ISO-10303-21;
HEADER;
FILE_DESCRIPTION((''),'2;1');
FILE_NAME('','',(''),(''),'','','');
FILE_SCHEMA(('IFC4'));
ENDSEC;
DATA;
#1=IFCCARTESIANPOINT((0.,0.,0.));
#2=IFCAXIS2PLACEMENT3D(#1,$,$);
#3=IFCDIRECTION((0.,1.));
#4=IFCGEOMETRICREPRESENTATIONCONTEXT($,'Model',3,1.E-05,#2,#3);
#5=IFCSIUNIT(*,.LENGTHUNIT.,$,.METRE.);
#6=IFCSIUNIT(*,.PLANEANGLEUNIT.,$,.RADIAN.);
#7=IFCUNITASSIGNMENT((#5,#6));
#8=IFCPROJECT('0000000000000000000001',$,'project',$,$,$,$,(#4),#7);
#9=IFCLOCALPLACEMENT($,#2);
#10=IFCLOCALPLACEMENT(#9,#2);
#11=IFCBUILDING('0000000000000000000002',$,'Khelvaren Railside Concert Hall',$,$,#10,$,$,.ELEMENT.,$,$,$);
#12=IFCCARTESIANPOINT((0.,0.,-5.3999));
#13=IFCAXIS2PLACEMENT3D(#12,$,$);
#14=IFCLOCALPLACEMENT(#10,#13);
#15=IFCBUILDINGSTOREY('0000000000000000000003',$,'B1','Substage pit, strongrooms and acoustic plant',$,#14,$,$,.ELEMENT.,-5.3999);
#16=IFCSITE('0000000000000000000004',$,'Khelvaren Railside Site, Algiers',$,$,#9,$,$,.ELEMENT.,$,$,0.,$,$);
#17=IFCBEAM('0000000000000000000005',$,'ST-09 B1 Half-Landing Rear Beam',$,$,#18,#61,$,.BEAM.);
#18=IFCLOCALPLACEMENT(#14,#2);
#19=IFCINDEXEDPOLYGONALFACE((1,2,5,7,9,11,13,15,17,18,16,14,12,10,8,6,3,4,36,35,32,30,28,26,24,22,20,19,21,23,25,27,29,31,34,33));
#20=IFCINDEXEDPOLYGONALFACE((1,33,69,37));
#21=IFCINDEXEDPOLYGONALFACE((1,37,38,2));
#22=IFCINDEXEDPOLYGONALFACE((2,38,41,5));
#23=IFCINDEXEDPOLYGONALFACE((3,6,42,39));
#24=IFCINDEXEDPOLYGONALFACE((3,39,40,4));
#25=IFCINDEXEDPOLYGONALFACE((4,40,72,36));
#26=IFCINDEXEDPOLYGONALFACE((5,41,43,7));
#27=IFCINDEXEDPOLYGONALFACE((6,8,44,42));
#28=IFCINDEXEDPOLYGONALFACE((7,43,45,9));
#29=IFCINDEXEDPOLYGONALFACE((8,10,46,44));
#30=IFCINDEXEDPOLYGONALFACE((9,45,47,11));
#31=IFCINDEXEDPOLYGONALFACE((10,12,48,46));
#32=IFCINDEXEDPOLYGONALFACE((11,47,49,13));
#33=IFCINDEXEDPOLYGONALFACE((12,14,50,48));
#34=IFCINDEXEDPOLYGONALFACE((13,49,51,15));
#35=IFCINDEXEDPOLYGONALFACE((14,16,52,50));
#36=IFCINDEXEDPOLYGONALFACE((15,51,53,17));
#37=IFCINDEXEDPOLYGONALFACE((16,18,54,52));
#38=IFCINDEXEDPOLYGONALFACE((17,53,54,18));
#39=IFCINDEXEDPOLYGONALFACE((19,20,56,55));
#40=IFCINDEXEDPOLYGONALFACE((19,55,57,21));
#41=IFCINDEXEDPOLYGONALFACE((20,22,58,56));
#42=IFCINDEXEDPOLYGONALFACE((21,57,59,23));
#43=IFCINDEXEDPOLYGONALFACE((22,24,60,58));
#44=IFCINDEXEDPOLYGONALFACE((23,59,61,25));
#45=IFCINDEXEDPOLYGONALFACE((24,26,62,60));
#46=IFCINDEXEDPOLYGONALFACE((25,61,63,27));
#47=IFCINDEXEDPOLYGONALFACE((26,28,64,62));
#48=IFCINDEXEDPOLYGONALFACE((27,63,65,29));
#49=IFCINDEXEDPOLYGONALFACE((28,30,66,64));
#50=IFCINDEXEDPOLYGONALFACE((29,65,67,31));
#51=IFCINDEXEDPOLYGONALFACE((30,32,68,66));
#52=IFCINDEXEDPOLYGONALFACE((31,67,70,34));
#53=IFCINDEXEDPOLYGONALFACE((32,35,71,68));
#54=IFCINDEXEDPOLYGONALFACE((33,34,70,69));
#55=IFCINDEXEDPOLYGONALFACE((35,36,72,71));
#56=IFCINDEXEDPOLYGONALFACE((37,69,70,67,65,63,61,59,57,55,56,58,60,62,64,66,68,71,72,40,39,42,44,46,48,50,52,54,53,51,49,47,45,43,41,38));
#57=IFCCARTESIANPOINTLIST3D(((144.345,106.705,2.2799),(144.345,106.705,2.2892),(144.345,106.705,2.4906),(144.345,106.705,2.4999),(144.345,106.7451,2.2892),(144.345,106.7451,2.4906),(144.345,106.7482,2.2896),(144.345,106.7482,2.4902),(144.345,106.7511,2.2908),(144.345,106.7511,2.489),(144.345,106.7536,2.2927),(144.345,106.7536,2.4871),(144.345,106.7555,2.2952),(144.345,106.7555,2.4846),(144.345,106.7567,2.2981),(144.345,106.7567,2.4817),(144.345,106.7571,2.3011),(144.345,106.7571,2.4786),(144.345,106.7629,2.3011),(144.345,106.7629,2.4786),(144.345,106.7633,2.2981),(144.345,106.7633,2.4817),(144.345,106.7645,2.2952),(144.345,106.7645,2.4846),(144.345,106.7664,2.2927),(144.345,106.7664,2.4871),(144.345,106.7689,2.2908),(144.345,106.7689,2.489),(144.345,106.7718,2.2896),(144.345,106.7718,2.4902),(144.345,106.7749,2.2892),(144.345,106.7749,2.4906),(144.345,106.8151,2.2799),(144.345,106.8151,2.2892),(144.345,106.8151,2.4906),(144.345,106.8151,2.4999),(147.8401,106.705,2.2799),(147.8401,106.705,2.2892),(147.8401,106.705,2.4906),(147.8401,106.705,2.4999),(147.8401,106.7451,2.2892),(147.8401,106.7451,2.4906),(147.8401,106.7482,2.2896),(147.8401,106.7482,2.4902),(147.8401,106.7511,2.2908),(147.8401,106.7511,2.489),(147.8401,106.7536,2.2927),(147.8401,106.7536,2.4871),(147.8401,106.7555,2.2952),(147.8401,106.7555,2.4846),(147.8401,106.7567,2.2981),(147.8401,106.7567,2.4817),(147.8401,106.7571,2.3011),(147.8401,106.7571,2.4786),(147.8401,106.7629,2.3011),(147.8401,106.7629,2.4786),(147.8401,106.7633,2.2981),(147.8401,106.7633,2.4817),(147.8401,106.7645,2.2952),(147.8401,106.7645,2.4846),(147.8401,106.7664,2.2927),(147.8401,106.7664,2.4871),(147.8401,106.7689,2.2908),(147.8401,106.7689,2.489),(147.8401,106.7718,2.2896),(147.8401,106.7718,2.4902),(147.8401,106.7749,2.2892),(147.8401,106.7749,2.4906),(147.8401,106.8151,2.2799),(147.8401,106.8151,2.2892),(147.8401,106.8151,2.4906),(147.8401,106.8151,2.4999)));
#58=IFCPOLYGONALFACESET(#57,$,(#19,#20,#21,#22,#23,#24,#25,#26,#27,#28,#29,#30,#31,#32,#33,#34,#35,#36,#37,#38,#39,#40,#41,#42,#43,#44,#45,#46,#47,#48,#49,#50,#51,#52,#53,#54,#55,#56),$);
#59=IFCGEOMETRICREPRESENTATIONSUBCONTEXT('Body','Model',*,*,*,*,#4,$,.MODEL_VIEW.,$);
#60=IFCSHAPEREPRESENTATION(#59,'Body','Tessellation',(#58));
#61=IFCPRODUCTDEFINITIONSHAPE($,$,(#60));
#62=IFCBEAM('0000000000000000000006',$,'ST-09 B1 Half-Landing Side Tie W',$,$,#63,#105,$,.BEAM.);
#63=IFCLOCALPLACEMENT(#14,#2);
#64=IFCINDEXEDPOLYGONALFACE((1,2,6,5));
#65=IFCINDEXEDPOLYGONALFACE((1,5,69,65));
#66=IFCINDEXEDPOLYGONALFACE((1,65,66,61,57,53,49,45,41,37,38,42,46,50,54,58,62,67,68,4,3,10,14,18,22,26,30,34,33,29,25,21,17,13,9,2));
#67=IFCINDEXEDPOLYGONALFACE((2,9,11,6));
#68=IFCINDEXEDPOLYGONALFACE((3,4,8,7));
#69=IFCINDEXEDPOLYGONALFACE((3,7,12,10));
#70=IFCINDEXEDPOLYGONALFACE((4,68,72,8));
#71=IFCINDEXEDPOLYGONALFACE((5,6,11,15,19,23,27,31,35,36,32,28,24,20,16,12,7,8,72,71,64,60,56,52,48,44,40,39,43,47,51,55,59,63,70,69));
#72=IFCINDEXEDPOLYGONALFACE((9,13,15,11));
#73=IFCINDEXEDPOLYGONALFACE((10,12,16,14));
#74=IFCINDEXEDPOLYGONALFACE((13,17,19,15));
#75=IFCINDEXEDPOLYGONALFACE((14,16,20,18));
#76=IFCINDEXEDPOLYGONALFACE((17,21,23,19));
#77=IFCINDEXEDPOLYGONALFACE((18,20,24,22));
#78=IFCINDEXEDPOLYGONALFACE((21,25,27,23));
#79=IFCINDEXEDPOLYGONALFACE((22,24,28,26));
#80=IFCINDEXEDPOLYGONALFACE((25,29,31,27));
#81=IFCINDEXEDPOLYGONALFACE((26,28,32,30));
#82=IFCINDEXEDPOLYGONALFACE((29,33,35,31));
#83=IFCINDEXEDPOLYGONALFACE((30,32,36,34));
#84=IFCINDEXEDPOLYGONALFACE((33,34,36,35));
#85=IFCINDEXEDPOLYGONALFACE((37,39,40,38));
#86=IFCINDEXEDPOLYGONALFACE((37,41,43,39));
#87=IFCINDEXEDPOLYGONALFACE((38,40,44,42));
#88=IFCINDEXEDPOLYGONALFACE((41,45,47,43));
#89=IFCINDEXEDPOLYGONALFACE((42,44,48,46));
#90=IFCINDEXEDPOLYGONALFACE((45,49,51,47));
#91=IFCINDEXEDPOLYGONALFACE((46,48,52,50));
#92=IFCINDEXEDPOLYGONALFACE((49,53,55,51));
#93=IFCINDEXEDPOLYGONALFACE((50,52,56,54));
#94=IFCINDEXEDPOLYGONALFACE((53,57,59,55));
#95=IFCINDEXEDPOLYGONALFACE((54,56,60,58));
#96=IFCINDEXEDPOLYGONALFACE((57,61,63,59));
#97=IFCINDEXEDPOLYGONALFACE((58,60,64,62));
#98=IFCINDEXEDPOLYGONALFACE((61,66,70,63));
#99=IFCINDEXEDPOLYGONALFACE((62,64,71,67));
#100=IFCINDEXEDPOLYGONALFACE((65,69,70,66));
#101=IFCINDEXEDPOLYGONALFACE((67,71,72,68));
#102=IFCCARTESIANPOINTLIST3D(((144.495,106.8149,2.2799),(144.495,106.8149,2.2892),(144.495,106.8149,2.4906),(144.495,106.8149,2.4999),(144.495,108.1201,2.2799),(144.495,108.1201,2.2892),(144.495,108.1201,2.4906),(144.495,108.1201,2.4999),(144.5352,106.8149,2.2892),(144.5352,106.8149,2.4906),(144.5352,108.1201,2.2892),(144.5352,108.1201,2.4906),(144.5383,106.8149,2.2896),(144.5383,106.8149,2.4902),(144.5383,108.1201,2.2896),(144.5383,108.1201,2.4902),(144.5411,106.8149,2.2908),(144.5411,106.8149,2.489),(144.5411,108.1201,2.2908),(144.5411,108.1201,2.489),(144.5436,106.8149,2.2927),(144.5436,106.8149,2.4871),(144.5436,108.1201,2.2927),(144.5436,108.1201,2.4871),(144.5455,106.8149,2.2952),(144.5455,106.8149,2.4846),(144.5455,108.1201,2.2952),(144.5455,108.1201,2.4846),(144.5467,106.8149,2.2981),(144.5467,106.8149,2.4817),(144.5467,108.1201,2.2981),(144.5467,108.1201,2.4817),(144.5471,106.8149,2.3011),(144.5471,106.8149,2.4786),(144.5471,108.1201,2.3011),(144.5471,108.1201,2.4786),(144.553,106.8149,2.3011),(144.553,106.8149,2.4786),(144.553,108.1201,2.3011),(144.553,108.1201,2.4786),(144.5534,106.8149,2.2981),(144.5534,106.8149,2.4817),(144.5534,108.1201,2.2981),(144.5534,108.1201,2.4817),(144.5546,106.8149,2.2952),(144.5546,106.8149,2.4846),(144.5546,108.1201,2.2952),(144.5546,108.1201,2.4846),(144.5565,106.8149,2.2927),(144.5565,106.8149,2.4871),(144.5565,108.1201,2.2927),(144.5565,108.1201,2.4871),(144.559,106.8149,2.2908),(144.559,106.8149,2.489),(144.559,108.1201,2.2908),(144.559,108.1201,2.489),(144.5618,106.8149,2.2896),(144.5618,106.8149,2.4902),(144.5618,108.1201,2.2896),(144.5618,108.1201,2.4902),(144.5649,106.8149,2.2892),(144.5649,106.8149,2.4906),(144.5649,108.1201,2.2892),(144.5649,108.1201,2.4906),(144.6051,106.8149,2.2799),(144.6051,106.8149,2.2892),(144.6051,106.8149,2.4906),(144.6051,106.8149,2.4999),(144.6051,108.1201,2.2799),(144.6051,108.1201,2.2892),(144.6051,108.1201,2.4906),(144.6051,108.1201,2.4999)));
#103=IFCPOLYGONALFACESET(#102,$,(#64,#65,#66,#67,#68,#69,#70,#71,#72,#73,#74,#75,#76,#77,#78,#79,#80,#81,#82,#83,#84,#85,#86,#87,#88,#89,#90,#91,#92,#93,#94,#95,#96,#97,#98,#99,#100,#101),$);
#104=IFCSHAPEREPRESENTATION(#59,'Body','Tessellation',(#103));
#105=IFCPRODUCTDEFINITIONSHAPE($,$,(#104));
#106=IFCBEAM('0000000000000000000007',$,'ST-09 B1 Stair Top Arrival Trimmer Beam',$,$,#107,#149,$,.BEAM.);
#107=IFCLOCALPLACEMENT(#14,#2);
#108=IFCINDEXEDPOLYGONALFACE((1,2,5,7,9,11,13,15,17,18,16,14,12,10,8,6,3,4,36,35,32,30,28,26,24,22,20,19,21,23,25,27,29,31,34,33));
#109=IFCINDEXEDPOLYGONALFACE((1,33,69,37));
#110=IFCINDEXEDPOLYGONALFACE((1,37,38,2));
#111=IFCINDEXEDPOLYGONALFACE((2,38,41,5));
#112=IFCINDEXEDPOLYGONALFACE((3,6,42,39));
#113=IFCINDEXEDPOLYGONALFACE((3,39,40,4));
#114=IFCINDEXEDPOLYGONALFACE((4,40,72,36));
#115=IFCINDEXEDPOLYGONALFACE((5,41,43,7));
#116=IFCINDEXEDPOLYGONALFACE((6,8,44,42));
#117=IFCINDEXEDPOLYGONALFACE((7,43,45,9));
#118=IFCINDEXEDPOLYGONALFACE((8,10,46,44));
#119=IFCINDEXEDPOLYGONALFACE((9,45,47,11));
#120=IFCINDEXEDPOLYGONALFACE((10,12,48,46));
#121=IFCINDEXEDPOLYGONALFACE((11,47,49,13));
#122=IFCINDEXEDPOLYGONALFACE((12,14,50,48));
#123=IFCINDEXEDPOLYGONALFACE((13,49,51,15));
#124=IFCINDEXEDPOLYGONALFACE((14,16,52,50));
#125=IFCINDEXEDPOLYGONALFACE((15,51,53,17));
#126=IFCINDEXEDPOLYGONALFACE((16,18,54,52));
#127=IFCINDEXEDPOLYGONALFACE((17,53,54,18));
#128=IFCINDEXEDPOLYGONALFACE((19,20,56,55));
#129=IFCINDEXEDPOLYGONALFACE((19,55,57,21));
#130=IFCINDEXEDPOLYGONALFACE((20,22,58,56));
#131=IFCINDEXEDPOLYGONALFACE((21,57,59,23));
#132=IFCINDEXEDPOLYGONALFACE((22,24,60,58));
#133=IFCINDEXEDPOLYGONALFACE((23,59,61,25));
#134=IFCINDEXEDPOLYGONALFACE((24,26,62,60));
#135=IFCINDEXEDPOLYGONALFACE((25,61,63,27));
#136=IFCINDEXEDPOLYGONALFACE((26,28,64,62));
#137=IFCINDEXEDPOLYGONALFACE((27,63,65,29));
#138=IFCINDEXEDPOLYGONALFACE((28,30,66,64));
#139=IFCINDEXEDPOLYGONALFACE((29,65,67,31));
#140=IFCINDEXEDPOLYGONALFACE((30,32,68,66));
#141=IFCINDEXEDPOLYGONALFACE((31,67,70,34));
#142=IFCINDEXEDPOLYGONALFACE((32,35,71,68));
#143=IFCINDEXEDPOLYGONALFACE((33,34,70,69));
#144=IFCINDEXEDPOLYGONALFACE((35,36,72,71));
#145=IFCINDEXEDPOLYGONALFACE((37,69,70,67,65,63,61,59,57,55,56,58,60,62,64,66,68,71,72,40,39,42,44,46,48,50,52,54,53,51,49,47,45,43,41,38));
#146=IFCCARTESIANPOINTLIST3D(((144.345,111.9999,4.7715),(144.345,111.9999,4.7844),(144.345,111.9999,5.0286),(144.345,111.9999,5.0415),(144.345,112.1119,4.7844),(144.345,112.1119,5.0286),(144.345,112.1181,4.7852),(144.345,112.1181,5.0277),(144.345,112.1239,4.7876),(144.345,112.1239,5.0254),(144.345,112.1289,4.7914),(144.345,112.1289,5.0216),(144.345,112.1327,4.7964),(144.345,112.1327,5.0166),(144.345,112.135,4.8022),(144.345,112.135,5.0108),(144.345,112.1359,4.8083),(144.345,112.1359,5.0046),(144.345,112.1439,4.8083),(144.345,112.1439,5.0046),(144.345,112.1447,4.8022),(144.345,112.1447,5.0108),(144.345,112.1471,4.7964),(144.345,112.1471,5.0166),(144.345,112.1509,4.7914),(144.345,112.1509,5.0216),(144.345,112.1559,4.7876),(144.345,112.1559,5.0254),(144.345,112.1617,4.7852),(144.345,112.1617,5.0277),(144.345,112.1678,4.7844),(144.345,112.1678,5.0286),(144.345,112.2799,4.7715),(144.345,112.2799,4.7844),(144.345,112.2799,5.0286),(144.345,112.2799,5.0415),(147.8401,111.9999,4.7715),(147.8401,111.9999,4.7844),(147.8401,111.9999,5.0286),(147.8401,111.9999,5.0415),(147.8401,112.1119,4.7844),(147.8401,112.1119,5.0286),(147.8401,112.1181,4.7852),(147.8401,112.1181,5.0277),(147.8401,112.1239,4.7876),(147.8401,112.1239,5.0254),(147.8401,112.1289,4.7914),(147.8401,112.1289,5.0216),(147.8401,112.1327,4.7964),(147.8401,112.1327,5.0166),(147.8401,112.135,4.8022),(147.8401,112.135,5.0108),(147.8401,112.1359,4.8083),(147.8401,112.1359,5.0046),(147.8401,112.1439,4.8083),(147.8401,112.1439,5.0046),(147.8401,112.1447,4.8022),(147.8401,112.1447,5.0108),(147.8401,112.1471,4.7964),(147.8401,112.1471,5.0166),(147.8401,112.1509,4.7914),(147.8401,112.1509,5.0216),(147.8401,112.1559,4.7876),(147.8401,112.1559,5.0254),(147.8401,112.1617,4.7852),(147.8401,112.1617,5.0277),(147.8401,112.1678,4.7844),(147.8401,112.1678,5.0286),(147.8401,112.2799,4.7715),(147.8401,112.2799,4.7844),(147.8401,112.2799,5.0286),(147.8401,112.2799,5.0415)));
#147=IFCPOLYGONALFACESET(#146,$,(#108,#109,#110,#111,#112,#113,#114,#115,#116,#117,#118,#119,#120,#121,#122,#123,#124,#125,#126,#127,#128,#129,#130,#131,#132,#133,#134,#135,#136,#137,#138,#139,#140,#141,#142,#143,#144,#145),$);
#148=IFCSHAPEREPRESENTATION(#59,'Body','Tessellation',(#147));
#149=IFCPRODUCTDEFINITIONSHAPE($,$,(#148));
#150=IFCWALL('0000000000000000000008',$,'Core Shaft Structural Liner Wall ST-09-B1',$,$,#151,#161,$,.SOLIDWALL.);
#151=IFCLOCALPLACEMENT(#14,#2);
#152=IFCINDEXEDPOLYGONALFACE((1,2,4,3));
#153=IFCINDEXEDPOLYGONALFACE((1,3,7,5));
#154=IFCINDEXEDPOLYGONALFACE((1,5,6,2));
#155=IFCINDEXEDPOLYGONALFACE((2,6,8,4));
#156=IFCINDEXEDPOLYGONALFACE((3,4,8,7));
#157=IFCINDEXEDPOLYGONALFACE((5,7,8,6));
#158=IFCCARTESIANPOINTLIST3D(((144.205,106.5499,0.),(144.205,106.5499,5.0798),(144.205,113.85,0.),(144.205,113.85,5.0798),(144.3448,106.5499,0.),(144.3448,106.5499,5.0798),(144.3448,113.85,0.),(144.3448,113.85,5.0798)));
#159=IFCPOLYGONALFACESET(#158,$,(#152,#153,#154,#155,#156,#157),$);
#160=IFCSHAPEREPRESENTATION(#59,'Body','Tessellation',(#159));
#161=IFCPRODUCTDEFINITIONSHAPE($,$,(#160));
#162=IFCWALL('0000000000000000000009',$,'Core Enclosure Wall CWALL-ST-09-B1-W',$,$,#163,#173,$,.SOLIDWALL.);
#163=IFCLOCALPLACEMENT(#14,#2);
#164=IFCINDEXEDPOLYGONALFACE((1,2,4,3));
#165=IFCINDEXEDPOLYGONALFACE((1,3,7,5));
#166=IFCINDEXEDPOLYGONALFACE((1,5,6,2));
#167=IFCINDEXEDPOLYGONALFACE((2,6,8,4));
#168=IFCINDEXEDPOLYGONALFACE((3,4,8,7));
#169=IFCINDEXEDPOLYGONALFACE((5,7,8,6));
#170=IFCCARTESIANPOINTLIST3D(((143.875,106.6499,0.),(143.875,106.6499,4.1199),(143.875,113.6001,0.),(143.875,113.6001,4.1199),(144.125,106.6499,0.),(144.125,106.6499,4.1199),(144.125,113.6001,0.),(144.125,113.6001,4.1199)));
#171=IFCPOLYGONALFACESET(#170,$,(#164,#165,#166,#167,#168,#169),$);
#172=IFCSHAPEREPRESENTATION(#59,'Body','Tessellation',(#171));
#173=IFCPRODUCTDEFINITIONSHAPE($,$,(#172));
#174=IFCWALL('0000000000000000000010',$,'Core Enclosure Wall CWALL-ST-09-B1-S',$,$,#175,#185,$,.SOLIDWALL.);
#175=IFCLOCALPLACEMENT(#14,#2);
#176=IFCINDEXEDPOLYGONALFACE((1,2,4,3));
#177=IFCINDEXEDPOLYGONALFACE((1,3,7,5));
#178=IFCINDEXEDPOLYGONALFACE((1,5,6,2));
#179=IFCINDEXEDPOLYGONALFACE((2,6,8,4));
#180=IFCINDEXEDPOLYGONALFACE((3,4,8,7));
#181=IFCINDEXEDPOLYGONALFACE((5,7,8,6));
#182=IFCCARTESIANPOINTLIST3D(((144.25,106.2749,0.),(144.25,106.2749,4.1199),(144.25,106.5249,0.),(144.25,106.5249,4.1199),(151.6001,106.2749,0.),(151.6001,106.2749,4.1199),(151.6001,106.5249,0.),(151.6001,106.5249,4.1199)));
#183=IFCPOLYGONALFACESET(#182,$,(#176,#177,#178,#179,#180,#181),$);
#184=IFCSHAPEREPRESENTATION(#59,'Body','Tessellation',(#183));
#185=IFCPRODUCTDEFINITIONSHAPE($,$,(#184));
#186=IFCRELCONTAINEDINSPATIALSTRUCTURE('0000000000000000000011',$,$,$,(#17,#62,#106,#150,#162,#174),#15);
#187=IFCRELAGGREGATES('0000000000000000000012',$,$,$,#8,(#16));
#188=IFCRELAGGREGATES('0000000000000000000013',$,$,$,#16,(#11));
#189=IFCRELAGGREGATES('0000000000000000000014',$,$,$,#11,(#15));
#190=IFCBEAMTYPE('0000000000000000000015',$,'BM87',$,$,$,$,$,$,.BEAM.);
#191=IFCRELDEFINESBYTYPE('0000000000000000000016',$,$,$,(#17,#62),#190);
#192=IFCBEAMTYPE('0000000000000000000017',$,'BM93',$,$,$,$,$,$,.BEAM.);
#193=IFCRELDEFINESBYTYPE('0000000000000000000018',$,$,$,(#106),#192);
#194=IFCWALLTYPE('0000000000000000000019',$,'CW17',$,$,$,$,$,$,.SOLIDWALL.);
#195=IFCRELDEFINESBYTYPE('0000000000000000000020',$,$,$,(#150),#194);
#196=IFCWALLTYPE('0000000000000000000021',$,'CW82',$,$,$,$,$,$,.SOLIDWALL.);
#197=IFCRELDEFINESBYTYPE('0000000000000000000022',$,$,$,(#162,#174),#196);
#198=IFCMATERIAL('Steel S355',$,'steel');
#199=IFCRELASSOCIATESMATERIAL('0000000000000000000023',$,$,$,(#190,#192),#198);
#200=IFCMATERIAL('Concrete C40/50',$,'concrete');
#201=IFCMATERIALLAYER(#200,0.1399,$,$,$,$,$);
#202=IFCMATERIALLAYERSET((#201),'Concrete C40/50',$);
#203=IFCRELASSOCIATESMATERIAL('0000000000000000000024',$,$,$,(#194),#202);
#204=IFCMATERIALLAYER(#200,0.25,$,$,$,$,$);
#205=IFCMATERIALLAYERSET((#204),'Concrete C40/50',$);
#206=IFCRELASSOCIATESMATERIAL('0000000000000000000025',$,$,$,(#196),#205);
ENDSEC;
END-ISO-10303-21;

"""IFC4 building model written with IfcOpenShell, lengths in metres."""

from ifc_helpers import new_model, si_unit, direction, frame, frame_2d, origin, origin_2d, place, context, subcontext, project, spatial, rectangle, i_section, extrude, material, layer, layer_set, material_profile, profile_set, type_object, element, save


model = new_model("IFC4")

# Units and contexts
model_context = context("Model", 3, precision=1e-05, world=origin(), true_north=direction((0.0, 1.0)))
body_context = subcontext(model_context, "Body", "Model", "MODEL_VIEW")
ifc_project = project(units=[si_unit("LENGTHUNIT", "METRE"), si_unit("PLANEANGLEUNIT", "RADIAN")], contexts=[model_context])

# Site, building, storey
site_placement = place(None, origin())
site = spatial("IfcSite", under=ifc_project, at=site_placement, Name="Khelvaren Railside Site, Algiers", CompositionType="ELEMENT", RefElevation=0.0)
building_placement = place(site_placement, origin())
building = spatial("IfcBuilding", under=site, at=building_placement, Name="Khelvaren Railside Concert Hall", CompositionType="ELEMENT")
storey_placement = place(building_placement, frame((0.0, 0.0, -5.3999)))
storey = spatial("IfcBuildingStorey", under=building, at=storey_placement, Name="B1", Description="Substage pit, strongrooms and acoustic plant", CompositionType="ELEMENT", Elevation=-5.3999)

# Beams
ifc_material_1 = material(Name="Steel S355", Category="steel")
ifc_material_profile_1 = material_profile(ifc_material_1, i_section(OverallWidth=0.1101, OverallDepth=0.22, WebThickness=0.0059, FlangeThickness=0.0093, FilletRadius=0.012, at=origin_2d()), Name="IPE 220")
ifc_profile_set_1 = profile_set([ifc_material_profile_1], Name="Steel S355")
beam_type_1 = type_object("IfcBeamType", Name="BM87", PredefinedType="BEAM", material=ifc_profile_set_1)
for number, where, z_axis, x_axis, name in (
    (1, (144.345, 106.76, 2.3899), (1.0, 0.0, 0.0), (0.0, 1.0, 0.0), "ST-09 B1 Half-Landing Rear Beam"),
):
    element("IfcBeam", number, at=place(storey_placement, frame(where, z_axis=z_axis, x_axis=x_axis)), inside=storey, type_object=beam_type_1, Name=name, PredefinedType="BEAM", context=body_context, shape_type="SweptSolid", body=[
        extrude(i_section(OverallWidth=0.1101, OverallDepth=0.22, WebThickness=0.0059, FlangeThickness=0.0093, FilletRadius=0.012, at=origin_2d()), origin(), (0.0, 0.0, 1.0), 3.4951),
    ])
beam_1_placement = place(storey_placement, frame((144.55, 106.8149, 2.3899), z_axis=(0.0, 1.0, 0.0), x_axis=(-1.0, 0.0, 0.0)))
element("IfcBeam", 2, at=beam_1_placement, inside=storey, type_object=beam_type_1, Name="ST-09 B1 Half-Landing Side Tie W", PredefinedType="BEAM", context=body_context, shape_type="SweptSolid", body=[
    extrude(i_section(OverallWidth=0.1101, OverallDepth=0.22, WebThickness=0.0059, FlangeThickness=0.0093, FilletRadius=0.012, at=origin_2d()), origin(), (0.0, 0.0, 1.0), 1.3052),
])
ifc_material_profile_2 = material_profile(ifc_material_1, i_section(OverallWidth=0.28, OverallDepth=0.27, WebThickness=0.0081, FlangeThickness=0.0129, FilletRadius=0.0239, at=origin_2d()), Name="HEA 280")
ifc_profile_set_2 = profile_set([ifc_material_profile_2], Name="Steel S355")
beam_type_2 = type_object("IfcBeamType", Name="BM93", PredefinedType="BEAM", material=ifc_profile_set_2)
beam_2_placement = place(storey_placement, frame((144.345, 112.1399, 4.9065), z_axis=(1.0, 0.0, 0.0), x_axis=(0.0, 1.0, 0.0)))
element("IfcBeam", 3, at=beam_2_placement, inside=storey, type_object=beam_type_2, Name="ST-09 B1 Stair Top Arrival Trimmer Beam", PredefinedType="BEAM", context=body_context, shape_type="SweptSolid", body=[
    extrude(i_section(OverallWidth=0.28, OverallDepth=0.27, WebThickness=0.0081, FlangeThickness=0.0129, FilletRadius=0.0239, at=origin_2d()), origin(), (0.0, 0.0, 1.0), 3.4951),
])

# Walls
ifc_material_2 = material(Name="Concrete C40/50", Category="concrete")
ifc_layer_1 = layer(ifc_material_2, 0.1399)
ifc_layer_set_1 = layer_set([ifc_layer_1], Name="Concrete C40/50")
wall_type_1 = type_object("IfcWallType", Name="CW17", PredefinedType="SOLIDWALL", material=ifc_layer_set_1)
wall_1_placement = place(storey_placement, frame((144.2749, 106.55, 0.0), z_axis=(0.0, 0.0, 1.0), x_axis=(0.0, 1.0, 0.0)))
element("IfcWall", 4, at=wall_1_placement, inside=storey, type_object=wall_type_1, Name="Core Shaft Structural Liner Wall ST-09-B1", PredefinedType="SOLIDWALL", context=body_context, shape_type="SweptSolid", body=[
    extrude(rectangle(XDim=7.3, YDim=0.1399, at=frame_2d((3.6499, 0.0))), origin(), (0.0, 0.0, 1.0), 5.0798),
])
ifc_layer_2 = layer(ifc_material_2, 0.25)
ifc_layer_set_2 = layer_set([ifc_layer_2], Name="Concrete C40/50")
wall_type_2 = type_object("IfcWallType", Name="CW82", PredefinedType="SOLIDWALL", material=ifc_layer_set_2)
wall_2_placement = place(storey_placement, frame((144.0, 106.6499, 0.0), z_axis=(0.0, 0.0, 1.0), x_axis=(0.0, 1.0, 0.0)))
element("IfcWall", 5, at=wall_2_placement, inside=storey, type_object=wall_type_2, Name="Core Enclosure Wall CWALL-ST-09-B1-W", PredefinedType="SOLIDWALL", context=body_context, shape_type="SweptSolid", body=[
    extrude(rectangle(XDim=6.9502, YDim=0.25, at=frame_2d((3.4751, 0.0))), origin(), (0.0, 0.0, 1.0), 4.1199),
])
wall_3_placement = place(storey_placement, frame((144.25, 106.3999, 0.0), z_axis=(0.0, 0.0, 1.0), x_axis=(1.0, 0.0, 0.0)))
element("IfcWall", 6, at=wall_3_placement, inside=storey, type_object=wall_type_2, Name="Core Enclosure Wall CWALL-ST-09-B1-S", PredefinedType="SOLIDWALL", context=body_context, shape_type="SweptSolid", body=[
    extrude(rectangle(XDim=7.3501, YDim=0.25, at=frame_2d((3.675, 0.0))), origin(), (0.0, 0.0, 1.0), 4.1199),
])

save(model, "model.ifc")
